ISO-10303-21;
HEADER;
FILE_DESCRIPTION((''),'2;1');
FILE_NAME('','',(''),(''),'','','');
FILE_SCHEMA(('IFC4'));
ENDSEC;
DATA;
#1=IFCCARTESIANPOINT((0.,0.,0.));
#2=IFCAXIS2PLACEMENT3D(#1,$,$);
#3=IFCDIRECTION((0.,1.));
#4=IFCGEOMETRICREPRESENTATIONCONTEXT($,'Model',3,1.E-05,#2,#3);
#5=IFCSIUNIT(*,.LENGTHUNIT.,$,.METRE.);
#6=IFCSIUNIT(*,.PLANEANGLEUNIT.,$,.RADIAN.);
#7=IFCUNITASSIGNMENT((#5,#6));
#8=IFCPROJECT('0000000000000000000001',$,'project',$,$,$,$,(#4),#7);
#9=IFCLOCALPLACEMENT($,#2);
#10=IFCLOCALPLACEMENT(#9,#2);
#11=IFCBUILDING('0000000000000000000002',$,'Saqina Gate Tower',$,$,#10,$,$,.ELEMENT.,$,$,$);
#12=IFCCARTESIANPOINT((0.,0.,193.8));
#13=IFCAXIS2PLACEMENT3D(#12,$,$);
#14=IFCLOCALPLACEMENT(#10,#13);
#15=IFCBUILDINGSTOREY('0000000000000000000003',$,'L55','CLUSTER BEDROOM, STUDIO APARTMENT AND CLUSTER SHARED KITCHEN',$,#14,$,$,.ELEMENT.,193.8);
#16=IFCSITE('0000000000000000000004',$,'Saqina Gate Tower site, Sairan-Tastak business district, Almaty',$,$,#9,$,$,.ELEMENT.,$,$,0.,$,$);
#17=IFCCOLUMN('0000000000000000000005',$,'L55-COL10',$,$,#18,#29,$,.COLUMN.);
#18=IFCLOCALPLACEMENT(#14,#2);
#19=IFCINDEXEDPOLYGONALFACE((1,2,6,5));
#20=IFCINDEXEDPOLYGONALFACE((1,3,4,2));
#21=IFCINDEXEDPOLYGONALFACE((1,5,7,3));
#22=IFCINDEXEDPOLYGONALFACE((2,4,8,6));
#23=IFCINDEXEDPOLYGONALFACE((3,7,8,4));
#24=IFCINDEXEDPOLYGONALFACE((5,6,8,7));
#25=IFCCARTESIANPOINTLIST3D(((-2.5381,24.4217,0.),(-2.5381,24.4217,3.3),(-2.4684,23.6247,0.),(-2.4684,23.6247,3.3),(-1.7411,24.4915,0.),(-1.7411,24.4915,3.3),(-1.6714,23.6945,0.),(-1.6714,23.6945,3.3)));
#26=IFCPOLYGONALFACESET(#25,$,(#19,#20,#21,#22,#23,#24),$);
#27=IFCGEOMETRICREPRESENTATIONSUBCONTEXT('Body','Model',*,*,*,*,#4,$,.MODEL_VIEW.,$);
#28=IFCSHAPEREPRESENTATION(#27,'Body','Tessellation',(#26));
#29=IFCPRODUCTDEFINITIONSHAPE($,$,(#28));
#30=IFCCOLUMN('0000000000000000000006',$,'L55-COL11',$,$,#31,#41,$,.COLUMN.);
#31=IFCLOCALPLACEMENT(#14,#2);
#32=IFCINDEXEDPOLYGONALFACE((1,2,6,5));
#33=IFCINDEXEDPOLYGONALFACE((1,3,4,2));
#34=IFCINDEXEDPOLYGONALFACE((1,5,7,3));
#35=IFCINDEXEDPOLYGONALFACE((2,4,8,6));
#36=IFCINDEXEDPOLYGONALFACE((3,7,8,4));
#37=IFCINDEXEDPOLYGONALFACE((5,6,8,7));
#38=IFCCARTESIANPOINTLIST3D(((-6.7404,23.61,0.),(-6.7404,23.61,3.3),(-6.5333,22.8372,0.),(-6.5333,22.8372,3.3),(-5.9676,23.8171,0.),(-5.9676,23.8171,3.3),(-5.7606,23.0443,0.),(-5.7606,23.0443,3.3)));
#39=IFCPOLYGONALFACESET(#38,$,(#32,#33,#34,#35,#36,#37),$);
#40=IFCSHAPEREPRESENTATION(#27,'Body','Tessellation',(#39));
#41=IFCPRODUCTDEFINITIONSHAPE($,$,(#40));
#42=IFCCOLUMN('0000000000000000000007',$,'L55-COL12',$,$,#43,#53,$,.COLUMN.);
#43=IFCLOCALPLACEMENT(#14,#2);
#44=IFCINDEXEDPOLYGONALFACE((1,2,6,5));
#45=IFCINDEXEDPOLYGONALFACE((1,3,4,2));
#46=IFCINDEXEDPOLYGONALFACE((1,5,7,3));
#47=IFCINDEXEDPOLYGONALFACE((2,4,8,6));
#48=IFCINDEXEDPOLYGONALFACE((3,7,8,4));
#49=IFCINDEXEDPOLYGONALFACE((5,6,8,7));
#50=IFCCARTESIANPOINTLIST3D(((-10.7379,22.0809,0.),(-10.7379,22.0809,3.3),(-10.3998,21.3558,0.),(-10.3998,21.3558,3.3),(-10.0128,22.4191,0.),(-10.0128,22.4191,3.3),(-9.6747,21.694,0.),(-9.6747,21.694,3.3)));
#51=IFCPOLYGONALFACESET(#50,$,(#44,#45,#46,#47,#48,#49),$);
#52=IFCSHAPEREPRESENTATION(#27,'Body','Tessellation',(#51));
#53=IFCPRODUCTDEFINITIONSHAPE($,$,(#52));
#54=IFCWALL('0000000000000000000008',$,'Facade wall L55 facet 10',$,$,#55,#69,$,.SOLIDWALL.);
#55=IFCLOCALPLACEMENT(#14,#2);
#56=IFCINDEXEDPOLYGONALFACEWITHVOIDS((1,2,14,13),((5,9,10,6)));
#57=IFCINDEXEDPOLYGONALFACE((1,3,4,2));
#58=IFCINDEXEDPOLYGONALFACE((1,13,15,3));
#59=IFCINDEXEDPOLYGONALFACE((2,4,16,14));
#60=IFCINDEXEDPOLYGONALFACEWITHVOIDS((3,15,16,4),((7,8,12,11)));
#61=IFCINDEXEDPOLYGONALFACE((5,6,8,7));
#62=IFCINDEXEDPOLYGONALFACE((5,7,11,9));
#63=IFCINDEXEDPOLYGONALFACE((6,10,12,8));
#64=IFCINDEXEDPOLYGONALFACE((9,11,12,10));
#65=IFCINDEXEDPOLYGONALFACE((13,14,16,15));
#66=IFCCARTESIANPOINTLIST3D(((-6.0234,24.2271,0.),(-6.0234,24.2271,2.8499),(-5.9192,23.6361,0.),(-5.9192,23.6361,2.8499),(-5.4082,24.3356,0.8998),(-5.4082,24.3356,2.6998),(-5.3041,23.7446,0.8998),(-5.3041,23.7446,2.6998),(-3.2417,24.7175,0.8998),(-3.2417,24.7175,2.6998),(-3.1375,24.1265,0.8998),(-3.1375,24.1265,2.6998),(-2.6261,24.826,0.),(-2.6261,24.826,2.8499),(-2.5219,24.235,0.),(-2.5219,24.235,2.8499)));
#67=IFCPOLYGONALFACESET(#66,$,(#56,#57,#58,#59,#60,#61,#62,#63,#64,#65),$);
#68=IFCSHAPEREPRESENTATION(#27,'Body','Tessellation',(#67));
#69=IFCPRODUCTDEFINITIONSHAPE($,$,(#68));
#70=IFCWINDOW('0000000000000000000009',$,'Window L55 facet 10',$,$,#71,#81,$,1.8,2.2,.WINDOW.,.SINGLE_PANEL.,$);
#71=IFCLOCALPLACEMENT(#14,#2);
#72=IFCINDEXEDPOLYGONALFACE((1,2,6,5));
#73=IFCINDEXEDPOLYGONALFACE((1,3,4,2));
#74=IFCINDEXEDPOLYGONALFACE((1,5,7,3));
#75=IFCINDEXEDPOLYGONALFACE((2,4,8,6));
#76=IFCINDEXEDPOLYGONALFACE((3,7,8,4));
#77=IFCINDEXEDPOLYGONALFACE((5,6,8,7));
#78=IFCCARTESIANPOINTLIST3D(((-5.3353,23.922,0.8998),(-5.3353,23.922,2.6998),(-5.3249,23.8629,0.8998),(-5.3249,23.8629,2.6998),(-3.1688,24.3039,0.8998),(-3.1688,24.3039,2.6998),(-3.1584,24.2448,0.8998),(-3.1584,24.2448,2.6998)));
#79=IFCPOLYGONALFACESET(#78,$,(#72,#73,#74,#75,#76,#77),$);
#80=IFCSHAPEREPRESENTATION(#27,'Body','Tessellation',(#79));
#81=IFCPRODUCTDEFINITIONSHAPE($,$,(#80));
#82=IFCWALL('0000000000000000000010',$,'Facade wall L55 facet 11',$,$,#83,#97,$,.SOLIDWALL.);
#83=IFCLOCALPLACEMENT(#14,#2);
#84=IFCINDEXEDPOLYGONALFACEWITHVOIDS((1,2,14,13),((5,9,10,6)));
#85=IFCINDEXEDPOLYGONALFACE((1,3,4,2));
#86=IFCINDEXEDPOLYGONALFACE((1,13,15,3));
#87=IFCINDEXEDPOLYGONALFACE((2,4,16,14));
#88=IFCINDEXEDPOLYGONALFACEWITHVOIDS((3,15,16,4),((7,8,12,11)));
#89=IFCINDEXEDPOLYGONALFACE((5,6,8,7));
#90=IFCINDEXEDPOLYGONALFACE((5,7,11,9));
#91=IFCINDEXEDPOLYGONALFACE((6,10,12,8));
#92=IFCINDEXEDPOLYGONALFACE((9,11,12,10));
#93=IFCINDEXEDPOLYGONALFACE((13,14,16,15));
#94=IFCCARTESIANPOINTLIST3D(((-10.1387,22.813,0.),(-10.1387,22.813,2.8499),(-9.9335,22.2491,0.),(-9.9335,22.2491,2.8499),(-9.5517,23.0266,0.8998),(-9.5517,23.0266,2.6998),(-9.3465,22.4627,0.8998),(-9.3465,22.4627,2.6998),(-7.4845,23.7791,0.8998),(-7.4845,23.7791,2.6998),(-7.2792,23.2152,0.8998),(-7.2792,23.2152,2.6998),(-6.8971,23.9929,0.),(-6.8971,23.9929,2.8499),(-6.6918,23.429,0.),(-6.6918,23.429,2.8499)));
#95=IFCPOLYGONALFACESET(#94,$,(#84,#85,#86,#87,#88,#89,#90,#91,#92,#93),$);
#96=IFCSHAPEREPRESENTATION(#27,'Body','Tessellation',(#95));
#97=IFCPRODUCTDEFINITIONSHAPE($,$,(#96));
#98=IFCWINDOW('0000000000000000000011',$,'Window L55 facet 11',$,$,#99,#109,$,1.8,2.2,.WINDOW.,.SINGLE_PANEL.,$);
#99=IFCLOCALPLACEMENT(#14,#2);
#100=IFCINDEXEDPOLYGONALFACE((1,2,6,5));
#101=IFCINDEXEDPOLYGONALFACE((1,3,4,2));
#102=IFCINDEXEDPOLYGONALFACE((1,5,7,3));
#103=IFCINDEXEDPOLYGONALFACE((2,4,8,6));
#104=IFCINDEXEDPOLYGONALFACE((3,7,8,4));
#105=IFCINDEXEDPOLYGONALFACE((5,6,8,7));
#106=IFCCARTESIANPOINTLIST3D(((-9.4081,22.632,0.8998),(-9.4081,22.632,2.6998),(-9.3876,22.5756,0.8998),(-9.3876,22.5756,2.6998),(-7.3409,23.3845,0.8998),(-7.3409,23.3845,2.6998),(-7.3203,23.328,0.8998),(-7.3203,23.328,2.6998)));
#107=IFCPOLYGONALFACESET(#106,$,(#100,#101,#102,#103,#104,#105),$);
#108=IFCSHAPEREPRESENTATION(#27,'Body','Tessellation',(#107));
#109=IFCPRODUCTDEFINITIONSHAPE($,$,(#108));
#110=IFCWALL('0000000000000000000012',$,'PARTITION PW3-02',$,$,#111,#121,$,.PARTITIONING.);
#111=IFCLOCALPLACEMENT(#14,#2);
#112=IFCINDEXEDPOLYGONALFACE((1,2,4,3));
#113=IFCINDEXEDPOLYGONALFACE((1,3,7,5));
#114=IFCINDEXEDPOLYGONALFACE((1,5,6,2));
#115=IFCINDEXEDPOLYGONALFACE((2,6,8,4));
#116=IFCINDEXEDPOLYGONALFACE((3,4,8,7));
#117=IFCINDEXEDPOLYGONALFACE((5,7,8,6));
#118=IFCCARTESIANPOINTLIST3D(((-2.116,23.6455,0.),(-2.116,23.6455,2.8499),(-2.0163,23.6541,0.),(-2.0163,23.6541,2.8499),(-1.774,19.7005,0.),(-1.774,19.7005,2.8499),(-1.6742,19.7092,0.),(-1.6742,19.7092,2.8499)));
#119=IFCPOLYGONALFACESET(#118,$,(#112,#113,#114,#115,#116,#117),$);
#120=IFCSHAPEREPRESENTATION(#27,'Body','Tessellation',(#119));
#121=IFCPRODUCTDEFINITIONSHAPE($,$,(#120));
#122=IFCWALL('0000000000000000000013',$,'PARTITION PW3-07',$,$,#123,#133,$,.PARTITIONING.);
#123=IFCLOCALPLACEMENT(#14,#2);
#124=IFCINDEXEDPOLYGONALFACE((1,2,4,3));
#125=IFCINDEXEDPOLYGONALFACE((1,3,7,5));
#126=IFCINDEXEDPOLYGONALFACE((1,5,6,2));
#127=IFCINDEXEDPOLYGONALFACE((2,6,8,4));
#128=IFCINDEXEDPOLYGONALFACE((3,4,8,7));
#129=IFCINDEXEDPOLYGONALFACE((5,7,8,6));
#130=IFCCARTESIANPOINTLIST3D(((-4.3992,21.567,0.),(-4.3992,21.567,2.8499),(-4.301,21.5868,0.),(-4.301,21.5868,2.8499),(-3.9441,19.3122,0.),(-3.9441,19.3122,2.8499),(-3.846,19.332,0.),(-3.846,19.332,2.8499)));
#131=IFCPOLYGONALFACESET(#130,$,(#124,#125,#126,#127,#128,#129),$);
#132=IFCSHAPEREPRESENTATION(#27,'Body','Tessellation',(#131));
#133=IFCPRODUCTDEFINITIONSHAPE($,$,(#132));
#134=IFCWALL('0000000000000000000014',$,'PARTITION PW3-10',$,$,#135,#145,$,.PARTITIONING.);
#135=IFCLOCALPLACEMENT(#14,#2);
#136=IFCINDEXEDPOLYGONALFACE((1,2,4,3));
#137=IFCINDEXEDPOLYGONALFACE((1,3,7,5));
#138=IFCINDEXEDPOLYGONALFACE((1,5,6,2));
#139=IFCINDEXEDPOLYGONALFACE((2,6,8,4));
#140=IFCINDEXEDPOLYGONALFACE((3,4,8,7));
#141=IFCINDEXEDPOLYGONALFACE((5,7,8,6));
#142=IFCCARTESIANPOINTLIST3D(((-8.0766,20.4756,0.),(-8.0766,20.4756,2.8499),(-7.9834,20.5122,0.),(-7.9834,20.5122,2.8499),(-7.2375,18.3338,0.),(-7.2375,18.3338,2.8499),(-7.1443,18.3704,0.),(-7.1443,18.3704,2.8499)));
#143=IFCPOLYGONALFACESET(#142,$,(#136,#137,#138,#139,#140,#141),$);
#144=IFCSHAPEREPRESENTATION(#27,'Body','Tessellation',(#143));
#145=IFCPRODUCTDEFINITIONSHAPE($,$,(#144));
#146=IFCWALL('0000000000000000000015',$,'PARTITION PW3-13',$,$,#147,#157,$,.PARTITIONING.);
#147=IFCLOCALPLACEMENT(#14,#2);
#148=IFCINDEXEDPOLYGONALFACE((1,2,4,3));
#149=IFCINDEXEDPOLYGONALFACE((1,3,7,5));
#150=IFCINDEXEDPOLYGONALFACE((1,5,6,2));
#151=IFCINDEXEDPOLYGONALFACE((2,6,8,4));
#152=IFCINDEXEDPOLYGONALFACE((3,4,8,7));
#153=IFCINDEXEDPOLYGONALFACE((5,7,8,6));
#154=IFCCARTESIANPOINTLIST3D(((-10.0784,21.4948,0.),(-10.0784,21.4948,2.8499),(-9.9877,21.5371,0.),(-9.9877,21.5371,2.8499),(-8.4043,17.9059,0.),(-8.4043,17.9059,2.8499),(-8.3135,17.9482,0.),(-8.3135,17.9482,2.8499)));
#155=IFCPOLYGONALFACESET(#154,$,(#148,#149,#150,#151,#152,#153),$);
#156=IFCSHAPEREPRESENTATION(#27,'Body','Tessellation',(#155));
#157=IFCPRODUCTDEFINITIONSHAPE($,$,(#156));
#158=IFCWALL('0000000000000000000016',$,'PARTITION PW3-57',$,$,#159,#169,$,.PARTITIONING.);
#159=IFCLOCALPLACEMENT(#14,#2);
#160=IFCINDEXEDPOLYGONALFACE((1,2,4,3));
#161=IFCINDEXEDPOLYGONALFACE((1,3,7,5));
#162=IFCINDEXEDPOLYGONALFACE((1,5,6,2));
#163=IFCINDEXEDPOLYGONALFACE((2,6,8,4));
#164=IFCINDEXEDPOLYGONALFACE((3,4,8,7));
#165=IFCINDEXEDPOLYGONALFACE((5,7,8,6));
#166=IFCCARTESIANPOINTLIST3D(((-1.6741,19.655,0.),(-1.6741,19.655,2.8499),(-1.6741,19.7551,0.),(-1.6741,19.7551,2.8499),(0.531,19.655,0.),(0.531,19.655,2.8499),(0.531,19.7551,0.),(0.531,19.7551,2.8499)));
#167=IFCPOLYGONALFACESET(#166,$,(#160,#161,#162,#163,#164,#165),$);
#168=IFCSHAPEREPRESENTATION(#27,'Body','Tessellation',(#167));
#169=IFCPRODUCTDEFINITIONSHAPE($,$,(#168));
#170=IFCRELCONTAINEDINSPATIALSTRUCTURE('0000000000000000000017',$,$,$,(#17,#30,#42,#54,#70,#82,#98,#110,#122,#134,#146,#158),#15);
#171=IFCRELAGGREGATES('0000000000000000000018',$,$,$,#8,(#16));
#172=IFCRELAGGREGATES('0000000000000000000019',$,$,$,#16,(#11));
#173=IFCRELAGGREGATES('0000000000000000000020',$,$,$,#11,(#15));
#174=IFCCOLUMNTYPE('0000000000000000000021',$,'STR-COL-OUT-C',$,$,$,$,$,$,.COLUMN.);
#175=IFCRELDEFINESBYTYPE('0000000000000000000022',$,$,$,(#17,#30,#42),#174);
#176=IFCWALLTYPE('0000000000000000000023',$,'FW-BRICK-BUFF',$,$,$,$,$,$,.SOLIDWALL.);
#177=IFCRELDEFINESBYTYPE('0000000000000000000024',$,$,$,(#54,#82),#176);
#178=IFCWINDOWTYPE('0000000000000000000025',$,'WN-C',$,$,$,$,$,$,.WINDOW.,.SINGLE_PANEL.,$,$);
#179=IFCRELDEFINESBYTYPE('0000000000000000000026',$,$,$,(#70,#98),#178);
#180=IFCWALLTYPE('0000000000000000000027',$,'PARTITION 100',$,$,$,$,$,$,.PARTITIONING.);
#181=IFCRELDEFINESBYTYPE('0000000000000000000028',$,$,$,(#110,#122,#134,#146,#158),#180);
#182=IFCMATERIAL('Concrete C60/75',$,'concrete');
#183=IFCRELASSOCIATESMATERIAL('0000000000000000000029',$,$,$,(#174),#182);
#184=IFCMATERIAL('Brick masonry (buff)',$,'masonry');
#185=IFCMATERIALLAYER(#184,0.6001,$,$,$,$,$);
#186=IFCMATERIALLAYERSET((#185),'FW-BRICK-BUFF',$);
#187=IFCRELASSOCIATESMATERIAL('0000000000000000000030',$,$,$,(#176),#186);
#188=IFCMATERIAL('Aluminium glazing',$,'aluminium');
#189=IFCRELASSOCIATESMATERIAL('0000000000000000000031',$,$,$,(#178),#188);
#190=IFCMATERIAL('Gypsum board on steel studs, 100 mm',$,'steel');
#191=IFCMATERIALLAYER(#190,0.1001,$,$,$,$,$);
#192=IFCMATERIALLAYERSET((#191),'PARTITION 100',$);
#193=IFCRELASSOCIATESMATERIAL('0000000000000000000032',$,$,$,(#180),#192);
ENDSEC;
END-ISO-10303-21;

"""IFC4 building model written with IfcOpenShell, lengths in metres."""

from ifc_helpers import new_model, si_unit, direction, frame, frame_2d, origin, origin_2d, place, context, subcontext, project, spatial, rectangle, extrude, material, layer, layer_set, material_profile, profile_set, type_object, element, fill, save


model = new_model("IFC4")

# Units and contexts
model_context = context("Model", 3, precision=1e-05, world=origin(), true_north=direction((0.0, 1.0)))
body_context = subcontext(model_context, "Body", "Model", "MODEL_VIEW")
ifc_project = project(units=[si_unit("LENGTHUNIT", "METRE"), si_unit("PLANEANGLEUNIT", "RADIAN")], contexts=[model_context])

# Site, building, storey
site_placement = place(None, origin())
site = spatial("IfcSite", under=ifc_project, at=site_placement, Name="Saqina Gate Tower site, Sairan-Tastak business district, Almaty", CompositionType="ELEMENT", RefElevation=0.0)
building_placement = place(site_placement, origin())
building = spatial("IfcBuilding", under=site, at=building_placement, Name="Saqina Gate Tower", CompositionType="ELEMENT")
storey_placement = place(building_placement, frame((0.0, 0.0, 193.8)))
storey = spatial("IfcBuildingStorey", under=building, at=storey_placement, Name="L55", Description="CLUSTER BEDROOM, STUDIO APARTMENT AND CLUSTER SHARED KITCHEN", CompositionType="ELEMENT", Elevation=193.8)

# Columns
ifc_material_1 = material(Name="Concrete C60/75", Category="concrete")
ifc_material_profile = material_profile(ifc_material_1, rectangle(XDim=0.8, YDim=0.8, at=origin_2d()), Name="RC 800x800")
ifc_profile_set = profile_set([ifc_material_profile], Name="Concrete C60/75")
column_type = type_object("IfcColumnType", Name="STR-COL-OUT-C", PredefinedType="COLUMN", material=ifc_profile_set)
for number, where, z_axis, x_axis, name in (
    (1, (-2.1047, 24.0581, 0.0), (0.0, 0.0, 1.0), (-0.087156, 0.996195, 0.0), "L55-COL10"),
    (2, (-6.2505, 23.3271, 0.0), (0.0, 0.0, 1.0), (-0.258819, 0.965926, 0.0), "L55-COL11"),
    (3, (-10.2063, 21.8875, 0.0), (0.0, 0.0, 1.0), (-0.422618, 0.906308, 0.0), "L55-COL12"),
):
    element("IfcColumn", number, at=place(storey_placement, frame(where, z_axis=z_axis, x_axis=x_axis)), inside=storey, type_object=column_type, Name=name, PredefinedType="COLUMN", context=body_context, shape_type="SweptSolid", body=[
        extrude(rectangle(XDim=0.8, YDim=0.8, at=origin_2d()), origin(), (0.0, 0.0, 1.0), 3.3),
    ])

# Walls, openings, windows
ifc_material_2 = material(Name="Brick masonry (buff)", Category="masonry")
ifc_layer_1 = layer(ifc_material_2, 0.6001)
ifc_layer_set_1 = layer_set([ifc_layer_1], Name="FW-BRICK-BUFF")
wall_type_1 = type_object("IfcWallType", Name="FW-BRICK-BUFF", PredefinedType="SOLIDWALL", material=ifc_layer_set_1)
wall_1_placement = place(storey_placement, frame((-2.574, 24.5305, 0.0), z_axis=(0.0, 0.0, 1.0), x_axis=(-0.984815, -0.173608, 0.0)))
wall_1 = element("IfcWall", 4, at=wall_1_placement, inside=storey, type_object=wall_type_1, Name="Facade wall L55 facet 10", PredefinedType="SOLIDWALL", context=body_context, shape_type="SweptSolid", body=[
    extrude(rectangle(XDim=3.4497, YDim=0.6001, at=frame_2d((1.7249, 0.0))), origin(), (0.0, 0.0, 1.0), 2.8499),
])
opening_1_placement = place(wall_1_placement, frame((0.625, 0.0, 0.8999)))
opening_1 = element("IfcOpeningElement", 5, at=opening_1_placement, cuts=wall_1, PredefinedType="OPENING", context=body_context, shape_type="SweptSolid", body=[
    extrude(rectangle(XDim=2.2, YDim=1.8, at=frame_2d((1.1001, 0.8999))), frame((0.0, 0.312, 0.0), z_axis=(0.0, -1.0, 0.0), x_axis=(1.0, 0.0, 0.0)), (0.0, 0.0, 1.0), 0.624),
])
ifc_material_3 = material(Name="Aluminium glazing", Category="aluminium")
window_type = type_object("IfcWindowType", Name="WN-C", PartitioningType="SINGLE_PANEL", PredefinedType="WINDOW", material=ifc_material_3)
window_1_placement = place(opening_1_placement, origin())
window_1 = element("IfcWindow", 6, at=window_1_placement, inside=storey, type_object=window_type, Name="Window L55 facet 10", OverallHeight=1.8, OverallWidth=2.2, PartitioningType="SINGLE_PANEL", PredefinedType="WINDOW", context=body_context, shape_type="SweptSolid", body=[
    extrude(rectangle(XDim=2.2, YDim=1.8, at=frame_2d((1.1001, 0.8999))), frame((0.0, 0.1799, 0.0), z_axis=(0.0, -1.0, 0.0), x_axis=(1.0, 0.0, 0.0)), (0.0, 0.0, 1.0), 0.0601),
])
fill(opening_1, window_1)
wall_2_placement = place(storey_placement, frame((-6.7944, 23.7109, 0.0), z_axis=(0.0, 0.0, 1.0), x_axis=(-0.939688, -0.342033, 0.0)))
wall_2 = element("IfcWall", 7, at=wall_2_placement, inside=storey, type_object=wall_type_1, Name="Facade wall L55 facet 11", PredefinedType="SOLIDWALL", context=body_context, shape_type="SweptSolid", body=[
    extrude(rectangle(XDim=3.4497, YDim=0.6001, at=frame_2d((1.7249, 0.0))), origin(), (0.0, 0.0, 1.0), 2.8499),
])
opening_2_placement = place(wall_2_placement, frame((0.625, 0.0, 0.8999)))
opening_2 = element("IfcOpeningElement", 8, at=opening_2_placement, cuts=wall_2, PredefinedType="OPENING", context=body_context, shape_type="SweptSolid", body=[
    extrude(rectangle(XDim=2.2, YDim=1.8, at=frame_2d((1.1001, 0.8999))), frame((0.0, 0.312, 0.0), z_axis=(0.0, -1.0, 0.0), x_axis=(1.0, 0.0, 0.0)), (0.0, 0.0, 1.0), 0.624),
])
window_2_placement = place(opening_2_placement, origin())
window_2 = element("IfcWindow", 9, at=window_2_placement, inside=storey, type_object=window_type, Name="Window L55 facet 11", OverallHeight=1.8, OverallWidth=2.2, PartitioningType="SINGLE_PANEL", PredefinedType="WINDOW", context=body_context, shape_type="SweptSolid", body=[
    extrude(rectangle(XDim=2.2, YDim=1.8, at=frame_2d((1.1001, 0.8999))), frame((0.0, 0.1799, 0.0), z_axis=(0.0, -1.0, 0.0), x_axis=(1.0, 0.0, 0.0)), (0.0, 0.0, 1.0), 0.0601),
])
fill(opening_2, window_2)

# Walls
ifc_material_4 = material(Name="Gypsum board on steel studs, 100 mm", Category="steel")
ifc_layer_2 = layer(ifc_material_4, 0.1001)
ifc_layer_set_2 = layer_set([ifc_layer_2], Name="PARTITION 100")
wall_type_2 = type_object("IfcWallType", Name="PARTITION 100", PredefinedType="PARTITIONING", material=ifc_layer_set_2)
wall_3_placement = place(storey_placement, frame((-2.0662, 23.6499, 0.0), z_axis=(0.0, 0.0, 1.0), x_axis=(0.086382, -0.996262, 0.0)))
element("IfcWall", 10, at=wall_3_placement, inside=storey, type_object=wall_type_2, Name="PARTITION PW3-02", PredefinedType="PARTITIONING", context=body_context, shape_type="SweptSolid", body=[
    extrude(rectangle(XDim=3.9597, YDim=0.1001, at=frame_2d((1.98, 0.0))), origin(), (0.0, 0.0, 1.0), 2.8499),
])
for number, where, z_axis, x_axis, name in (
    (11, (-4.3501, 21.5769, 0.0), (0.0, 0.0, 1.0), (0.19783, -0.980236, 0.0), "PARTITION PW3-07"),
    (12, (-8.03, 20.4939, 0.0), (0.0, 0.0, 1.0), (0.364775, -0.931096, 0.0), "PARTITION PW3-10"),
):
    element("IfcWall", number, at=place(storey_placement, frame(where, z_axis=z_axis, x_axis=x_axis)), inside=storey, type_object=wall_type_2, Name=name, PredefinedType="PARTITIONING", context=body_context, shape_type="SweptSolid", body=[
        extrude(rectangle(XDim=2.3003, YDim=0.1001, at=frame_2d((1.1501, 0.0))), origin(), (0.0, 0.0, 1.0), 2.8499),
    ])
wall_4_placement = place(storey_placement, frame((-10.033, 21.5159, 0.0), z_axis=(0.0, 0.0, 1.0), x_axis=(0.422734, -0.906254, 0.0)))
element("IfcWall", 13, at=wall_4_placement, inside=storey, type_object=wall_type_2, Name="PARTITION PW3-13", PredefinedType="PARTITIONING", context=body_context, shape_type="SweptSolid", body=[
    extrude(rectangle(XDim=3.9602, YDim=0.1001, at=frame_2d((1.98, 0.0))), origin(), (0.0, 0.0, 1.0), 2.8499),
])
wall_5_placement = place(storey_placement, frame((-1.6741, 19.7051, 0.0), z_axis=(0.0, 0.0, 1.0), x_axis=(1.0, 0.0, 0.0)))
element("IfcWall", 14, at=wall_5_placement, inside=storey, type_object=wall_type_2, Name="PARTITION PW3-57", PredefinedType="PARTITIONING", context=body_context, shape_type="SweptSolid", body=[
    extrude(rectangle(XDim=2.2051, YDim=0.1001, at=frame_2d((1.1025, 0.0))), origin(), (0.0, 0.0, 1.0), 2.8499),
])

save(model, "model.ifc")
